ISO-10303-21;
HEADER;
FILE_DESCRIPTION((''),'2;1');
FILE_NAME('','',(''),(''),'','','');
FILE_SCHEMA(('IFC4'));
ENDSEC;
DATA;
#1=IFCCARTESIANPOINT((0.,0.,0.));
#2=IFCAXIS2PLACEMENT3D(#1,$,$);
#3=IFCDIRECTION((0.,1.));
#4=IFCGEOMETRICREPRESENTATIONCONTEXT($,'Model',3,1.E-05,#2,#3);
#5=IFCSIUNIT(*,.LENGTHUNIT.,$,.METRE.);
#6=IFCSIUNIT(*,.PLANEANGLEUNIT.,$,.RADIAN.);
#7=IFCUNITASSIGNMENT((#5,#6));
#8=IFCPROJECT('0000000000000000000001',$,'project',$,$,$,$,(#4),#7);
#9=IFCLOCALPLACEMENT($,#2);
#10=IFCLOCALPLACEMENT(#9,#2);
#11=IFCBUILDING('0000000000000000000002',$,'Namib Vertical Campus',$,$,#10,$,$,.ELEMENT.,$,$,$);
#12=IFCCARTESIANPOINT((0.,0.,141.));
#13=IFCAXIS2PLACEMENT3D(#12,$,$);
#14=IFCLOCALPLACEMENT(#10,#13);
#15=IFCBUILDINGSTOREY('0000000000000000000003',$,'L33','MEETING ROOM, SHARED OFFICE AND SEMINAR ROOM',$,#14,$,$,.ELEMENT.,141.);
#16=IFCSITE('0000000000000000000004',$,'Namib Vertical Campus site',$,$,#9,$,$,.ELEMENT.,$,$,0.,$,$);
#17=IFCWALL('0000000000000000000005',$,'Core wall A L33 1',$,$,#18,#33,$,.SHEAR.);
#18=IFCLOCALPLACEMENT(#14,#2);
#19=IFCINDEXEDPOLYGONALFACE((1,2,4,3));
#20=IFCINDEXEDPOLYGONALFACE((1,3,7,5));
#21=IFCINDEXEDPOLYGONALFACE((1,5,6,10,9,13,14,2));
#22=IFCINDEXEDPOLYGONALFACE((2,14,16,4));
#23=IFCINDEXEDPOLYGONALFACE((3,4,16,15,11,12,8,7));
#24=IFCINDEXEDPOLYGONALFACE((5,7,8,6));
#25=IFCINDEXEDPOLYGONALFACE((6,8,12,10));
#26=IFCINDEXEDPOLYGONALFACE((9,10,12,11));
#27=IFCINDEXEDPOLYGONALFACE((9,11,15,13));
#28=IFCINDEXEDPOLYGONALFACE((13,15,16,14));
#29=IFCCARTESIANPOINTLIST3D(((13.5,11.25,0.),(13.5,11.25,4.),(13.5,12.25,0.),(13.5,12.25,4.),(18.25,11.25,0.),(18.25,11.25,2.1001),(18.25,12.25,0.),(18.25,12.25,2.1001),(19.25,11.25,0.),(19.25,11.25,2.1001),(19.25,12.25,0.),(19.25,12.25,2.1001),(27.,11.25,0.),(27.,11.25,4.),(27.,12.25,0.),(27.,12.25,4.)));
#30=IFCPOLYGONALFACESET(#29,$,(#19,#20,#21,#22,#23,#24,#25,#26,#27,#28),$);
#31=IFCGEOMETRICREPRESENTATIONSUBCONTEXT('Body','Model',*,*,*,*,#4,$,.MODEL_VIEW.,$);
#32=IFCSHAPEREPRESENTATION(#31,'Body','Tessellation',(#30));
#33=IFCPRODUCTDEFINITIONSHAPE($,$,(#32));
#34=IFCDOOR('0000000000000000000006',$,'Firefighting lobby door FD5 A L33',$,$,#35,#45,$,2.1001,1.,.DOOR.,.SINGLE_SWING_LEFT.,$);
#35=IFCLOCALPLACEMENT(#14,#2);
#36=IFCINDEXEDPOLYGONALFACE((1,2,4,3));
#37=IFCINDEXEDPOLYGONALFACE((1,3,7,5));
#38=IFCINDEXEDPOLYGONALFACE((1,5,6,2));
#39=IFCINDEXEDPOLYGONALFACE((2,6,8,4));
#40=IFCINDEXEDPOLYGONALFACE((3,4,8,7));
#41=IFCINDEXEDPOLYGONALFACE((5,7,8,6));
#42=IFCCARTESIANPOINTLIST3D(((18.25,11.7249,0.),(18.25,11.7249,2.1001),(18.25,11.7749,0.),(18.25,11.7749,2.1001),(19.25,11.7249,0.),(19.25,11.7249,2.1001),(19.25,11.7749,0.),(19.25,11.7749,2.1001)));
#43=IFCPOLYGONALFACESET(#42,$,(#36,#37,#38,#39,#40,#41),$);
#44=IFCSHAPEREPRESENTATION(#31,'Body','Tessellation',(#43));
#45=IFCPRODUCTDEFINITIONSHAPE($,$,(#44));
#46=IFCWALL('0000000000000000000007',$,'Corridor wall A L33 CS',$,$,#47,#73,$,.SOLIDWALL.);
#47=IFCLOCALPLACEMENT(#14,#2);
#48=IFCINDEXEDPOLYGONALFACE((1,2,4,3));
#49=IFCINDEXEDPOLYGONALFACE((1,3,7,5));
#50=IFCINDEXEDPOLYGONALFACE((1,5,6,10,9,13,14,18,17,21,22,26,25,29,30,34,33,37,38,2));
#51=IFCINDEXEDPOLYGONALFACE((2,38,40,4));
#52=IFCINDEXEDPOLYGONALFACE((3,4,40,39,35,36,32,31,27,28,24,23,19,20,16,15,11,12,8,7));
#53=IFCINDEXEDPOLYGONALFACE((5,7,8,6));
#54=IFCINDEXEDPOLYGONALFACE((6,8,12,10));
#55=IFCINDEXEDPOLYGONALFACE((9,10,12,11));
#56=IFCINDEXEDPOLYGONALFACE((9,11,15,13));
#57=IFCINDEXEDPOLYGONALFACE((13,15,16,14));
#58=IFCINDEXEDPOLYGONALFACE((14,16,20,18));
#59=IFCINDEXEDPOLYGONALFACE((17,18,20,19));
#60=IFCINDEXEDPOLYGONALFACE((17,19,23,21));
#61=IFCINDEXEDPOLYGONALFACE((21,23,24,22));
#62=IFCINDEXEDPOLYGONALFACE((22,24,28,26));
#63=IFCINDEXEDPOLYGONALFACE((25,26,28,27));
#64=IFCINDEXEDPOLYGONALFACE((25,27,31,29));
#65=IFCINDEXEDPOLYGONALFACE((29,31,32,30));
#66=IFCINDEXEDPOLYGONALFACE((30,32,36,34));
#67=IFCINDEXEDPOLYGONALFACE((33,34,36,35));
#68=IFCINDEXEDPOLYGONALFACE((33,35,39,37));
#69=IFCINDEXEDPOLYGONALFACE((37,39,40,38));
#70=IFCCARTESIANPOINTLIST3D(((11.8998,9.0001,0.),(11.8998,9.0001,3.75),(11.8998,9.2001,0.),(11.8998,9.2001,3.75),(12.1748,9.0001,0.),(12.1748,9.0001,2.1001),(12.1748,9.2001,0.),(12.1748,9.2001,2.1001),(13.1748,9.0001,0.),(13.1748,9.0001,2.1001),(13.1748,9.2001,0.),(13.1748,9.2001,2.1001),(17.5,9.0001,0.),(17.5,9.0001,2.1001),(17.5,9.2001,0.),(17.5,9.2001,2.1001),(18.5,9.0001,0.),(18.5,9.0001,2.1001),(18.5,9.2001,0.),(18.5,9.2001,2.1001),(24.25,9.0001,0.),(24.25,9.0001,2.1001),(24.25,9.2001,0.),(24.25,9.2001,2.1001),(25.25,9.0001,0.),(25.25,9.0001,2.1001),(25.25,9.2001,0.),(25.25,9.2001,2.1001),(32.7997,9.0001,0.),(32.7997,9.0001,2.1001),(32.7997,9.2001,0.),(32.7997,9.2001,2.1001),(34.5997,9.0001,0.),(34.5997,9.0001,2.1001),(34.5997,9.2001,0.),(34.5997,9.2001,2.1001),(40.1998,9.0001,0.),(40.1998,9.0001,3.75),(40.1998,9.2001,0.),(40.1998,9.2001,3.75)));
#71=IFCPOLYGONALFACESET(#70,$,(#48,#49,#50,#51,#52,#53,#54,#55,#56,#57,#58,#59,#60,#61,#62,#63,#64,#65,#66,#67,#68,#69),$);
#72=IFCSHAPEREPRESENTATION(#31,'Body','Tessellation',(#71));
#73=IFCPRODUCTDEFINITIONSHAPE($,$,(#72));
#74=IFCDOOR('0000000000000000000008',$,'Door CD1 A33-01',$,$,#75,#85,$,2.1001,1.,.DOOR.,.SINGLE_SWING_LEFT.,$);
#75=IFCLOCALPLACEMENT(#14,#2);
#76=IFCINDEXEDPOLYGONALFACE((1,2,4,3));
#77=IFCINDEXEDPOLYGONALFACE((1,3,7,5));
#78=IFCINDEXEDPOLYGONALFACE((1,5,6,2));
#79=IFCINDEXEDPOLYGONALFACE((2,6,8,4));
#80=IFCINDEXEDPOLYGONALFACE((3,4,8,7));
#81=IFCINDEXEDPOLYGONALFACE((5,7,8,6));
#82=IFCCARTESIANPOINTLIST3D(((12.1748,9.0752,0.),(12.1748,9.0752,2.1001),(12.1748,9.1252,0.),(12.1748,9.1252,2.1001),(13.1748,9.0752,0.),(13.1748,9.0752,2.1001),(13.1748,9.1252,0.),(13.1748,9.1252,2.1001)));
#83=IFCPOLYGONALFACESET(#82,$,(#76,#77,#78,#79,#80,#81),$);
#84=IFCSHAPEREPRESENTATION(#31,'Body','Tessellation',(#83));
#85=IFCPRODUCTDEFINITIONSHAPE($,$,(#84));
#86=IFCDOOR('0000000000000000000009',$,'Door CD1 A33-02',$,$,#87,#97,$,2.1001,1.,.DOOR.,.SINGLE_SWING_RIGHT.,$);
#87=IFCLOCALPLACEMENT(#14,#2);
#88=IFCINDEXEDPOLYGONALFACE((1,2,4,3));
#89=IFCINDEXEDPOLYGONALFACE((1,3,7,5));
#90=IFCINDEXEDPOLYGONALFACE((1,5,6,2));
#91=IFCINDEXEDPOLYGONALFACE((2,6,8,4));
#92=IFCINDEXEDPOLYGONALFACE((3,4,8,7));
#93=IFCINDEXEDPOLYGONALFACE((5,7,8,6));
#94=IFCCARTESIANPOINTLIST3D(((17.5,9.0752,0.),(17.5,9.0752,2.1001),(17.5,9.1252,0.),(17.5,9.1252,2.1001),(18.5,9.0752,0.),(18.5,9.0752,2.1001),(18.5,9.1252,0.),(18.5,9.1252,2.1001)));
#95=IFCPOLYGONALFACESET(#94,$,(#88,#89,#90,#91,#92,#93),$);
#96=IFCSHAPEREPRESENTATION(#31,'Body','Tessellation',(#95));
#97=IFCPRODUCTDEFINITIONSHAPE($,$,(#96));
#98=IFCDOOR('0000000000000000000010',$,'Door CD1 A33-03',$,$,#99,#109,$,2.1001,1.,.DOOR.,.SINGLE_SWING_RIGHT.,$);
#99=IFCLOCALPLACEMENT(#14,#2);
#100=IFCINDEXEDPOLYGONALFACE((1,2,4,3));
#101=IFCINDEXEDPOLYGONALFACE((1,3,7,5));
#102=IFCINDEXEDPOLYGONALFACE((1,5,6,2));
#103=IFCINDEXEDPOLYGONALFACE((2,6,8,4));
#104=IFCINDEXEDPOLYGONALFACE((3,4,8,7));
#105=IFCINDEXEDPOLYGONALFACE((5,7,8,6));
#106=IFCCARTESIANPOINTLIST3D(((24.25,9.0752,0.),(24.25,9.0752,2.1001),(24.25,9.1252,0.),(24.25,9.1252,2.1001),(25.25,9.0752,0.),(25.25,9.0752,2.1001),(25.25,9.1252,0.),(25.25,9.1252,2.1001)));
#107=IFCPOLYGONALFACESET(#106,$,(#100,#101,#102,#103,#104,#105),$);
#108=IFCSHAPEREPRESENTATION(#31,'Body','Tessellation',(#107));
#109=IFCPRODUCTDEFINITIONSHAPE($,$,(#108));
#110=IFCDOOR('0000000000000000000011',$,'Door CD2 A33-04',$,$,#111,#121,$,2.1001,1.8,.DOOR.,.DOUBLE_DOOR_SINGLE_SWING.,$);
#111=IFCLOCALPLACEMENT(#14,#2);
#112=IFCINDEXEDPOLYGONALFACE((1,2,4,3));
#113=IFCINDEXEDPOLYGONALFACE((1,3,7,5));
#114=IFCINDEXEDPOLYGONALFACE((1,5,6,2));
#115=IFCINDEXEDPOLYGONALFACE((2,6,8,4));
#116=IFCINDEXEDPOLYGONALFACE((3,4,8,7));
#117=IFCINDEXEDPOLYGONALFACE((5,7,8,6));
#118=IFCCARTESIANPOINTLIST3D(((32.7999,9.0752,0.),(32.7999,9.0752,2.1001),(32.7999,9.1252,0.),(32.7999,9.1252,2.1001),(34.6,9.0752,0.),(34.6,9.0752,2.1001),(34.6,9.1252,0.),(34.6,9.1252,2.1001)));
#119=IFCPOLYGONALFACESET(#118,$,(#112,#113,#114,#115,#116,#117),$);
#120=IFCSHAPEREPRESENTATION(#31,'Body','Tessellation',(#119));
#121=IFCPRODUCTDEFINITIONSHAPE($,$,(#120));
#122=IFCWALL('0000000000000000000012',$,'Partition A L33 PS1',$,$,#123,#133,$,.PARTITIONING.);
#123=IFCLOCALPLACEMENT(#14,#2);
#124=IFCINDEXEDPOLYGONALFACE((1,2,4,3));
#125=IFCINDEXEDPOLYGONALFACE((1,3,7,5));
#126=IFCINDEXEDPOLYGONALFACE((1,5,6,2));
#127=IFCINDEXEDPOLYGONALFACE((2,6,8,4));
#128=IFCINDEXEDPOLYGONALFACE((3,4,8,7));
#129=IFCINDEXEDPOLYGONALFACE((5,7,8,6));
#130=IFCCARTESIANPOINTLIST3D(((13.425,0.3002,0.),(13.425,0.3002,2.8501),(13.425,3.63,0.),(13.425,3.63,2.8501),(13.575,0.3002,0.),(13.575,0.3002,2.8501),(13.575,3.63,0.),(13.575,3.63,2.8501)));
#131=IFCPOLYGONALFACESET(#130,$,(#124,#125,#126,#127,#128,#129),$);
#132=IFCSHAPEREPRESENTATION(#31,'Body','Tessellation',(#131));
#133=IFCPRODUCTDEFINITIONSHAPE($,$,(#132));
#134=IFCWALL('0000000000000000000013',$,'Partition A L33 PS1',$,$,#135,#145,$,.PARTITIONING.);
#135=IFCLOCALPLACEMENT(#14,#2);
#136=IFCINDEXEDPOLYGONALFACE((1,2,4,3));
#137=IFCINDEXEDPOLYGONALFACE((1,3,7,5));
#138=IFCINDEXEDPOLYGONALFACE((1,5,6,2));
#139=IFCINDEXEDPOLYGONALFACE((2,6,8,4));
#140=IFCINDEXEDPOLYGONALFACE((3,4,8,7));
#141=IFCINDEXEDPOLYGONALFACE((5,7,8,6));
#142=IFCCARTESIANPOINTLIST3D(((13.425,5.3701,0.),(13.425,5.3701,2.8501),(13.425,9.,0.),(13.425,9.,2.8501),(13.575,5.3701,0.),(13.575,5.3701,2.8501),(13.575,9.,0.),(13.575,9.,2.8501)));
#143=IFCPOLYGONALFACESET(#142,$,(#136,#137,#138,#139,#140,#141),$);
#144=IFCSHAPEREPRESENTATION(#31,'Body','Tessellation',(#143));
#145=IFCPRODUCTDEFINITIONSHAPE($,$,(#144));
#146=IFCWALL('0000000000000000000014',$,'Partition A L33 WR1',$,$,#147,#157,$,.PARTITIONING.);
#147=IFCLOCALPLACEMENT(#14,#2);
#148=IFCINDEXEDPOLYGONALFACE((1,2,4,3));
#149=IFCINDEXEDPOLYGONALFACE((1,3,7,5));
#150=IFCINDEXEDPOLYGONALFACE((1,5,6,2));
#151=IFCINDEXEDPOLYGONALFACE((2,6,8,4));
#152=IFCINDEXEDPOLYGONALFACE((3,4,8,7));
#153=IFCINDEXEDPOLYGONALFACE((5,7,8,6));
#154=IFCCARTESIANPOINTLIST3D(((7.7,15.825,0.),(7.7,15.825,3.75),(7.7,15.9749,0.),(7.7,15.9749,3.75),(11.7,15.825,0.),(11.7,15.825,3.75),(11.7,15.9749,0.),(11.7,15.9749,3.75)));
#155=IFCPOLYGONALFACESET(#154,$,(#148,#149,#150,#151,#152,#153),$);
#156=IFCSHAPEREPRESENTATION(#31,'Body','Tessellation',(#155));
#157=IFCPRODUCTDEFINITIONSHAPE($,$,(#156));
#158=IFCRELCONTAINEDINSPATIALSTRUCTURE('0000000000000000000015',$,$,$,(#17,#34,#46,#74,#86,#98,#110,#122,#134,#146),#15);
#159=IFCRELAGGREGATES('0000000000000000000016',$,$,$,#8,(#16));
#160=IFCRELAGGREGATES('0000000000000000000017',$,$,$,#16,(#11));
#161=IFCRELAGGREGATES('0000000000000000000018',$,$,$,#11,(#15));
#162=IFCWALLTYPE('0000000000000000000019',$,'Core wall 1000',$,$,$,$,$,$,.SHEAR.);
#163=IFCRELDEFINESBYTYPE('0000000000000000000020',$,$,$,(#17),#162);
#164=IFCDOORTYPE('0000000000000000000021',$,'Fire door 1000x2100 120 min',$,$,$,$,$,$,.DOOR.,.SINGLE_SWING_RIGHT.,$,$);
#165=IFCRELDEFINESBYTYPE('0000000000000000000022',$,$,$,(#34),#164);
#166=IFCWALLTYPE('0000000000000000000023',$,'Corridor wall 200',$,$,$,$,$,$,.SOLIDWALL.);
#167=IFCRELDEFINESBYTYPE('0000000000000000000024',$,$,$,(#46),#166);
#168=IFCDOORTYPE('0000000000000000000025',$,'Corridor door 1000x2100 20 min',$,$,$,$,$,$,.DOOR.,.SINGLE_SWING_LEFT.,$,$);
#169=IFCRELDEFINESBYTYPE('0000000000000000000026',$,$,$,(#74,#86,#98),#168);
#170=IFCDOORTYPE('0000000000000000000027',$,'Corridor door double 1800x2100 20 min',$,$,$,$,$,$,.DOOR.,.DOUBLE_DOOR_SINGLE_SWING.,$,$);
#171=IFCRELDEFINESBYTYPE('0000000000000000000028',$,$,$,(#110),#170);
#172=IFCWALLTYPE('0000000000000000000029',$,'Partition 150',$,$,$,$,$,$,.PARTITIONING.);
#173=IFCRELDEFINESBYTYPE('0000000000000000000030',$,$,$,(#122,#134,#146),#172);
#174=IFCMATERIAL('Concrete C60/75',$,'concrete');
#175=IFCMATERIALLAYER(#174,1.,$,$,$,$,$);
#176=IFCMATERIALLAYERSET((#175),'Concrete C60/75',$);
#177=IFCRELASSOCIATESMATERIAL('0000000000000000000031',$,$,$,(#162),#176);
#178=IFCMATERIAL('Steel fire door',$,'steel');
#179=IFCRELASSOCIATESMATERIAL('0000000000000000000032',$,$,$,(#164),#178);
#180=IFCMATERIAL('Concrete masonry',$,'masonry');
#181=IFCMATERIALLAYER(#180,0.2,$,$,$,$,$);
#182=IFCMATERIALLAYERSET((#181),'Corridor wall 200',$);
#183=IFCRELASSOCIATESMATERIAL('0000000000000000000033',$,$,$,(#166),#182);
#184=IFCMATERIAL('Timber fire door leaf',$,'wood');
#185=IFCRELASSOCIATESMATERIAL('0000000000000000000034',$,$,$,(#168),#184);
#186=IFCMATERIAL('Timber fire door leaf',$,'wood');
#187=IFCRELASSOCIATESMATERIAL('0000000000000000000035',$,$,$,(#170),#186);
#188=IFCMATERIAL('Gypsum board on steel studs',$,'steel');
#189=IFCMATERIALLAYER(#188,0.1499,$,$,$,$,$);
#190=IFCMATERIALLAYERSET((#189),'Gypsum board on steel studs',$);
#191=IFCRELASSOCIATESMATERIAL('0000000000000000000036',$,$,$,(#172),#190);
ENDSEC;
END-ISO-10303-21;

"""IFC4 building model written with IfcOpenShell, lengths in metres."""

from ifc_helpers import new_model, si_unit, direction, frame, frame_2d, origin, place, context, subcontext, project, spatial, rectangle, extrude, material, layer, layer_set, type_object, element, fill, save


model = new_model("IFC4")

# Units and contexts
model_context = context("Model", 3, precision=1e-05, world=origin(), true_north=direction((0.0, 1.0)))
body_context = subcontext(model_context, "Body", "Model", "MODEL_VIEW")
ifc_project = project(units=[si_unit("LENGTHUNIT", "METRE"), si_unit("PLANEANGLEUNIT", "RADIAN")], contexts=[model_context])

# Site, building, storey
site_placement = place(None, origin())
site = spatial("IfcSite", under=ifc_project, at=site_placement, Name="Namib Vertical Campus site", CompositionType="ELEMENT", RefElevation=0.0)
building_placement = place(site_placement, origin())
building = spatial("IfcBuilding", under=site, at=building_placement, Name="Namib Vertical Campus", CompositionType="ELEMENT")
storey_placement = place(building_placement, frame((0.0, 0.0, 141.0)))
storey = spatial("IfcBuildingStorey", under=building, at=storey_placement, Name="L33", Description="MEETING ROOM, SHARED OFFICE AND SEMINAR ROOM", CompositionType="ELEMENT", Elevation=141.0)

# Wall, opening, door
ifc_material_1 = material(Name="Concrete C60/75", Category="concrete")
ifc_layer_1 = layer(ifc_material_1, 1.0)
ifc_layer_set_1 = layer_set([ifc_layer_1], Name="Concrete C60/75")
wall_type_1 = type_object("IfcWallType", Name="Core wall 1000", PredefinedType="SHEAR", material=ifc_layer_set_1)
wall_1_placement = place(storey_placement, frame((13.5, 11.75, 0.0), z_axis=(0.0, 0.0, 1.0), x_axis=(1.0, 0.0, 0.0)))
wall_1 = element("IfcWall", 1, at=wall_1_placement, inside=storey, type_object=wall_type_1, Name="Core wall A L33 1", PredefinedType="SHEAR", context=body_context, shape_type="SweptSolid", body=[
    extrude(rectangle(XDim=13.5, YDim=1.0, at=frame_2d((6.75, 0.0))), origin(), (0.0, 0.0, 1.0), 4.0),
])
opening_1_placement = place(wall_1_placement, frame((4.75, 0.0, 0.0)))
opening_1 = element("IfcOpeningElement", 2, at=opening_1_placement, cuts=wall_1, PredefinedType="OPENING", context=body_context, shape_type="SweptSolid", body=[
    extrude(rectangle(XDim=1.0, YDim=2.1001, at=frame_2d((0.5, 1.05))), frame((0.0, 0.51, 0.0), z_axis=(0.0, -1.0, 0.0), x_axis=(1.0, 0.0, 0.0)), (0.0, 0.0, 1.0), 1.02),
])
ifc_material_2 = material(Name="Steel fire door", Category="steel")
door_type_1 = type_object("IfcDoorType", Name="Fire door 1000x2100 120 min", OperationType="SINGLE_SWING_RIGHT", PredefinedType="DOOR", material=ifc_material_2)
door_1_placement = place(opening_1_placement, origin())
door_1 = element("IfcDoor", 3, at=door_1_placement, inside=storey, type_object=door_type_1, Name="Firefighting lobby door FD5 A L33", OperationType="SINGLE_SWING_LEFT", OverallHeight=2.1001, OverallWidth=1.0, PredefinedType="DOOR", context=body_context, shape_type="SweptSolid", body=[
    extrude(rectangle(XDim=1.0, YDim=2.1001, at=frame_2d((0.5, 1.05))), frame((0.0, 0.0249, 0.0), z_axis=(0.0, -1.0, 0.0), x_axis=(1.0, 0.0, 0.0)), (0.0, 0.0, 1.0), 0.05),
])
fill(opening_1, door_1)

# Wall, openings, doors
ifc_material_3 = material(Name="Concrete masonry", Category="masonry")
ifc_layer_2 = layer(ifc_material_3, 0.2)
ifc_layer_set_2 = layer_set([ifc_layer_2], Name="Corridor wall 200")
wall_type_2 = type_object("IfcWallType", Name="Corridor wall 200", PredefinedType="SOLIDWALL", material=ifc_layer_set_2)
wall_2_placement = place(storey_placement, frame((11.8999, 9.1001, 0.0), z_axis=(0.0, 0.0, 1.0), x_axis=(1.0, 0.0, 0.0)))
wall_2 = element("IfcWall", 4, at=wall_2_placement, inside=storey, type_object=wall_type_2, Name="Corridor wall A L33 CS", PredefinedType="SOLIDWALL", context=body_context, shape_type="SweptSolid", body=[
    extrude(rectangle(XDim=28.3, YDim=0.2, at=frame_2d((14.1499, 0.0))), origin(), (0.0, 0.0, 1.0), 3.75),
])
opening_2_placement = place(wall_2_placement, frame((0.2749, 0.0, 0.0)))
opening_2 = element("IfcOpeningElement", 5, at=opening_2_placement, cuts=wall_2, PredefinedType="OPENING", context=body_context, shape_type="SweptSolid", body=[
    extrude(rectangle(XDim=1.0, YDim=2.1001, at=frame_2d((0.5, 1.05))), frame((0.0, 0.1099, 0.0), z_axis=(0.0, -1.0, 0.0), x_axis=(1.0, 0.0, 0.0)), (0.0, 0.0, 1.0), 0.22),
])
opening_3_placement = place(wall_2_placement, frame((5.6001, 0.0, 0.0)))
opening_3 = element("IfcOpeningElement", 6, at=opening_3_placement, cuts=wall_2, PredefinedType="OPENING", context=body_context, shape_type="SweptSolid", body=[
    extrude(rectangle(XDim=1.0, YDim=2.1001, at=frame_2d((0.5, 1.05))), frame((0.0, 0.1099, 0.0), z_axis=(0.0, -1.0, 0.0), x_axis=(1.0, 0.0, 0.0)), (0.0, 0.0, 1.0), 0.22),
])
opening_4_placement = place(wall_2_placement, frame((12.3501, 0.0, 0.0)))
opening_4 = element("IfcOpeningElement", 7, at=opening_4_placement, cuts=wall_2, PredefinedType="OPENING", context=body_context, shape_type="SweptSolid", body=[
    extrude(rectangle(XDim=1.0, YDim=2.1001, at=frame_2d((0.5, 1.05))), frame((0.0, 0.1099, 0.0), z_axis=(0.0, -1.0, 0.0), x_axis=(1.0, 0.0, 0.0)), (0.0, 0.0, 1.0), 0.22),
])
opening_5_placement = place(wall_2_placement, frame((20.8999, 0.0, 0.0)))
opening_5 = element("IfcOpeningElement", 8, at=opening_5_placement, cuts=wall_2, PredefinedType="OPENING", context=body_context, shape_type="SweptSolid", body=[
    extrude(rectangle(XDim=1.8, YDim=2.1001, at=frame_2d((0.8999, 1.05))), frame((0.0, 0.1099, 0.0), z_axis=(0.0, -1.0, 0.0), x_axis=(1.0, 0.0, 0.0)), (0.0, 0.0, 1.0), 0.22),
])
ifc_material_4 = material(Name="Timber fire door leaf", Category="wood")
door_type_2 = type_object("IfcDoorType", Name="Corridor door 1000x2100 20 min", OperationType="SINGLE_SWING_LEFT", PredefinedType="DOOR", material=ifc_material_4)
door_2_placement = place(opening_2_placement, frame((1.0, 0.0, 0.0), z_axis=(0.0, 0.0, 1.0), x_axis=(-1.0, 0.0, 0.0)))
door_2 = element("IfcDoor", 9, at=door_2_placement, inside=storey, type_object=door_type_2, Name="Door CD1 A33-01", OperationType="SINGLE_SWING_LEFT", OverallHeight=2.1001, OverallWidth=1.0, PredefinedType="DOOR", context=body_context, shape_type="SweptSolid", body=[
    extrude(rectangle(XDim=1.0, YDim=2.1001, at=frame_2d((0.5, 1.05))), frame((0.0, 0.0249, 0.0), z_axis=(0.0, -1.0, 0.0), x_axis=(1.0, 0.0, 0.0)), (0.0, 0.0, 1.0), 0.05),
])
fill(opening_2, door_2)
door_3_placement = place(opening_3_placement, frame((1.0, 0.0, 0.0), z_axis=(0.0, 0.0, 1.0), x_axis=(-1.0, 0.0, 0.0)))
door_3 = element("IfcDoor", 10, at=door_3_placement, inside=storey, type_object=door_type_2, Name="Door CD1 A33-02", OperationType="SINGLE_SWING_RIGHT", OverallHeight=2.1001, OverallWidth=1.0, PredefinedType="DOOR", context=body_context, shape_type="SweptSolid", body=[
    extrude(rectangle(XDim=1.0, YDim=2.1001, at=frame_2d((0.5, 1.05))), frame((0.0, 0.0249, 0.0), z_axis=(0.0, -1.0, 0.0), x_axis=(1.0, 0.0, 0.0)), (0.0, 0.0, 1.0), 0.05),
])
fill(opening_3, door_3)
door_4_placement = place(opening_4_placement, frame((1.0, 0.0, 0.0), z_axis=(0.0, 0.0, 1.0), x_axis=(-1.0, 0.0, 0.0)))
door_4 = element("IfcDoor", 11, at=door_4_placement, inside=storey, type_object=door_type_2, Name="Door CD1 A33-03", OperationType="SINGLE_SWING_RIGHT", OverallHeight=2.1001, OverallWidth=1.0, PredefinedType="DOOR", context=body_context, shape_type="SweptSolid", body=[
    extrude(rectangle(XDim=1.0, YDim=2.1001, at=frame_2d((0.5, 1.05))), frame((0.0, 0.0249, 0.0), z_axis=(0.0, -1.0, 0.0), x_axis=(1.0, 0.0, 0.0)), (0.0, 0.0, 1.0), 0.05),
])
fill(opening_4, door_4)
ifc_material_5 = material(Name="Timber fire door leaf", Category="wood")
door_type_3 = type_object("IfcDoorType", Name="Corridor door double 1800x2100 20 min", OperationType="DOUBLE_DOOR_SINGLE_SWING", PredefinedType="DOOR", material=ifc_material_5)
door_5_placement = place(opening_5_placement, frame((1.8, 0.0, 0.0), z_axis=(0.0, 0.0, 1.0), x_axis=(-1.0, 0.0, 0.0)))
door_5 = element("IfcDoor", 12, at=door_5_placement, inside=storey, type_object=door_type_3, Name="Door CD2 A33-04", OperationType="DOUBLE_DOOR_SINGLE_SWING", OverallHeight=2.1001, OverallWidth=1.8, PredefinedType="DOOR", context=body_context, shape_type="SweptSolid", body=[
    extrude(rectangle(XDim=1.8, YDim=2.1001, at=frame_2d((0.8999, 1.05))), frame((0.0, 0.0249, 0.0), z_axis=(0.0, -1.0, 0.0), x_axis=(1.0, 0.0, 0.0)), (0.0, 0.0, 1.0), 0.05),
])
fill(opening_5, door_5)

# Walls
ifc_material_6 = material(Name="Gypsum board on steel studs", Category="steel")
ifc_layer_3 = layer(ifc_material_6, 0.1499)
ifc_layer_set_3 = layer_set([ifc_layer_3], Name="Gypsum board on steel studs")
wall_type_3 = type_object("IfcWallType", Name="Partition 150", PredefinedType="PARTITIONING", material=ifc_layer_set_3)
wall_3_placement = place(storey_placement, frame((13.5, 0.3, 0.0), z_axis=(0.0, 0.0, 1.0), x_axis=(0.0, 1.0, 0.0)))
element("IfcWall", 13, at=wall_3_placement, inside=storey, type_object=wall_type_3, Name="Partition A L33 PS1", PredefinedType="PARTITIONING", context=body_context, shape_type="SweptSolid", body=[
    extrude(rectangle(XDim=3.3298, YDim=0.1499, at=frame_2d((1.665, 0.0))), origin(), (0.0, 0.0, 1.0), 2.8501),
])
wall_4_placement = place(storey_placement, frame((13.5, 5.3701, 0.0), z_axis=(0.0, 0.0, 1.0), x_axis=(0.0, 1.0, 0.0)))
element("IfcWall", 14, at=wall_4_placement, inside=storey, type_object=wall_type_3, Name="Partition A L33 PS1", PredefinedType="PARTITIONING", context=body_context, shape_type="SweptSolid", body=[
    extrude(rectangle(XDim=3.6299, YDim=0.1499, at=frame_2d((1.8149, 0.0))), origin(), (0.0, 0.0, 1.0), 2.8501),
])
wall_5_placement = place(storey_placement, frame((11.7, 15.8999, 0.0), z_axis=(0.0, 0.0, 1.0), x_axis=(-1.0, 0.0, 0.0)))
element("IfcWall", 15, at=wall_5_placement, inside=storey, type_object=wall_type_3, Name="Partition A L33 WR1", PredefinedType="PARTITIONING", context=body_context, shape_type="SweptSolid", body=[
    extrude(rectangle(XDim=4.0, YDim=0.1499, at=frame_2d((2.0, 0.0))), origin(), (0.0, 0.0, 1.0), 3.75),
])

save(model, "model.ifc")
